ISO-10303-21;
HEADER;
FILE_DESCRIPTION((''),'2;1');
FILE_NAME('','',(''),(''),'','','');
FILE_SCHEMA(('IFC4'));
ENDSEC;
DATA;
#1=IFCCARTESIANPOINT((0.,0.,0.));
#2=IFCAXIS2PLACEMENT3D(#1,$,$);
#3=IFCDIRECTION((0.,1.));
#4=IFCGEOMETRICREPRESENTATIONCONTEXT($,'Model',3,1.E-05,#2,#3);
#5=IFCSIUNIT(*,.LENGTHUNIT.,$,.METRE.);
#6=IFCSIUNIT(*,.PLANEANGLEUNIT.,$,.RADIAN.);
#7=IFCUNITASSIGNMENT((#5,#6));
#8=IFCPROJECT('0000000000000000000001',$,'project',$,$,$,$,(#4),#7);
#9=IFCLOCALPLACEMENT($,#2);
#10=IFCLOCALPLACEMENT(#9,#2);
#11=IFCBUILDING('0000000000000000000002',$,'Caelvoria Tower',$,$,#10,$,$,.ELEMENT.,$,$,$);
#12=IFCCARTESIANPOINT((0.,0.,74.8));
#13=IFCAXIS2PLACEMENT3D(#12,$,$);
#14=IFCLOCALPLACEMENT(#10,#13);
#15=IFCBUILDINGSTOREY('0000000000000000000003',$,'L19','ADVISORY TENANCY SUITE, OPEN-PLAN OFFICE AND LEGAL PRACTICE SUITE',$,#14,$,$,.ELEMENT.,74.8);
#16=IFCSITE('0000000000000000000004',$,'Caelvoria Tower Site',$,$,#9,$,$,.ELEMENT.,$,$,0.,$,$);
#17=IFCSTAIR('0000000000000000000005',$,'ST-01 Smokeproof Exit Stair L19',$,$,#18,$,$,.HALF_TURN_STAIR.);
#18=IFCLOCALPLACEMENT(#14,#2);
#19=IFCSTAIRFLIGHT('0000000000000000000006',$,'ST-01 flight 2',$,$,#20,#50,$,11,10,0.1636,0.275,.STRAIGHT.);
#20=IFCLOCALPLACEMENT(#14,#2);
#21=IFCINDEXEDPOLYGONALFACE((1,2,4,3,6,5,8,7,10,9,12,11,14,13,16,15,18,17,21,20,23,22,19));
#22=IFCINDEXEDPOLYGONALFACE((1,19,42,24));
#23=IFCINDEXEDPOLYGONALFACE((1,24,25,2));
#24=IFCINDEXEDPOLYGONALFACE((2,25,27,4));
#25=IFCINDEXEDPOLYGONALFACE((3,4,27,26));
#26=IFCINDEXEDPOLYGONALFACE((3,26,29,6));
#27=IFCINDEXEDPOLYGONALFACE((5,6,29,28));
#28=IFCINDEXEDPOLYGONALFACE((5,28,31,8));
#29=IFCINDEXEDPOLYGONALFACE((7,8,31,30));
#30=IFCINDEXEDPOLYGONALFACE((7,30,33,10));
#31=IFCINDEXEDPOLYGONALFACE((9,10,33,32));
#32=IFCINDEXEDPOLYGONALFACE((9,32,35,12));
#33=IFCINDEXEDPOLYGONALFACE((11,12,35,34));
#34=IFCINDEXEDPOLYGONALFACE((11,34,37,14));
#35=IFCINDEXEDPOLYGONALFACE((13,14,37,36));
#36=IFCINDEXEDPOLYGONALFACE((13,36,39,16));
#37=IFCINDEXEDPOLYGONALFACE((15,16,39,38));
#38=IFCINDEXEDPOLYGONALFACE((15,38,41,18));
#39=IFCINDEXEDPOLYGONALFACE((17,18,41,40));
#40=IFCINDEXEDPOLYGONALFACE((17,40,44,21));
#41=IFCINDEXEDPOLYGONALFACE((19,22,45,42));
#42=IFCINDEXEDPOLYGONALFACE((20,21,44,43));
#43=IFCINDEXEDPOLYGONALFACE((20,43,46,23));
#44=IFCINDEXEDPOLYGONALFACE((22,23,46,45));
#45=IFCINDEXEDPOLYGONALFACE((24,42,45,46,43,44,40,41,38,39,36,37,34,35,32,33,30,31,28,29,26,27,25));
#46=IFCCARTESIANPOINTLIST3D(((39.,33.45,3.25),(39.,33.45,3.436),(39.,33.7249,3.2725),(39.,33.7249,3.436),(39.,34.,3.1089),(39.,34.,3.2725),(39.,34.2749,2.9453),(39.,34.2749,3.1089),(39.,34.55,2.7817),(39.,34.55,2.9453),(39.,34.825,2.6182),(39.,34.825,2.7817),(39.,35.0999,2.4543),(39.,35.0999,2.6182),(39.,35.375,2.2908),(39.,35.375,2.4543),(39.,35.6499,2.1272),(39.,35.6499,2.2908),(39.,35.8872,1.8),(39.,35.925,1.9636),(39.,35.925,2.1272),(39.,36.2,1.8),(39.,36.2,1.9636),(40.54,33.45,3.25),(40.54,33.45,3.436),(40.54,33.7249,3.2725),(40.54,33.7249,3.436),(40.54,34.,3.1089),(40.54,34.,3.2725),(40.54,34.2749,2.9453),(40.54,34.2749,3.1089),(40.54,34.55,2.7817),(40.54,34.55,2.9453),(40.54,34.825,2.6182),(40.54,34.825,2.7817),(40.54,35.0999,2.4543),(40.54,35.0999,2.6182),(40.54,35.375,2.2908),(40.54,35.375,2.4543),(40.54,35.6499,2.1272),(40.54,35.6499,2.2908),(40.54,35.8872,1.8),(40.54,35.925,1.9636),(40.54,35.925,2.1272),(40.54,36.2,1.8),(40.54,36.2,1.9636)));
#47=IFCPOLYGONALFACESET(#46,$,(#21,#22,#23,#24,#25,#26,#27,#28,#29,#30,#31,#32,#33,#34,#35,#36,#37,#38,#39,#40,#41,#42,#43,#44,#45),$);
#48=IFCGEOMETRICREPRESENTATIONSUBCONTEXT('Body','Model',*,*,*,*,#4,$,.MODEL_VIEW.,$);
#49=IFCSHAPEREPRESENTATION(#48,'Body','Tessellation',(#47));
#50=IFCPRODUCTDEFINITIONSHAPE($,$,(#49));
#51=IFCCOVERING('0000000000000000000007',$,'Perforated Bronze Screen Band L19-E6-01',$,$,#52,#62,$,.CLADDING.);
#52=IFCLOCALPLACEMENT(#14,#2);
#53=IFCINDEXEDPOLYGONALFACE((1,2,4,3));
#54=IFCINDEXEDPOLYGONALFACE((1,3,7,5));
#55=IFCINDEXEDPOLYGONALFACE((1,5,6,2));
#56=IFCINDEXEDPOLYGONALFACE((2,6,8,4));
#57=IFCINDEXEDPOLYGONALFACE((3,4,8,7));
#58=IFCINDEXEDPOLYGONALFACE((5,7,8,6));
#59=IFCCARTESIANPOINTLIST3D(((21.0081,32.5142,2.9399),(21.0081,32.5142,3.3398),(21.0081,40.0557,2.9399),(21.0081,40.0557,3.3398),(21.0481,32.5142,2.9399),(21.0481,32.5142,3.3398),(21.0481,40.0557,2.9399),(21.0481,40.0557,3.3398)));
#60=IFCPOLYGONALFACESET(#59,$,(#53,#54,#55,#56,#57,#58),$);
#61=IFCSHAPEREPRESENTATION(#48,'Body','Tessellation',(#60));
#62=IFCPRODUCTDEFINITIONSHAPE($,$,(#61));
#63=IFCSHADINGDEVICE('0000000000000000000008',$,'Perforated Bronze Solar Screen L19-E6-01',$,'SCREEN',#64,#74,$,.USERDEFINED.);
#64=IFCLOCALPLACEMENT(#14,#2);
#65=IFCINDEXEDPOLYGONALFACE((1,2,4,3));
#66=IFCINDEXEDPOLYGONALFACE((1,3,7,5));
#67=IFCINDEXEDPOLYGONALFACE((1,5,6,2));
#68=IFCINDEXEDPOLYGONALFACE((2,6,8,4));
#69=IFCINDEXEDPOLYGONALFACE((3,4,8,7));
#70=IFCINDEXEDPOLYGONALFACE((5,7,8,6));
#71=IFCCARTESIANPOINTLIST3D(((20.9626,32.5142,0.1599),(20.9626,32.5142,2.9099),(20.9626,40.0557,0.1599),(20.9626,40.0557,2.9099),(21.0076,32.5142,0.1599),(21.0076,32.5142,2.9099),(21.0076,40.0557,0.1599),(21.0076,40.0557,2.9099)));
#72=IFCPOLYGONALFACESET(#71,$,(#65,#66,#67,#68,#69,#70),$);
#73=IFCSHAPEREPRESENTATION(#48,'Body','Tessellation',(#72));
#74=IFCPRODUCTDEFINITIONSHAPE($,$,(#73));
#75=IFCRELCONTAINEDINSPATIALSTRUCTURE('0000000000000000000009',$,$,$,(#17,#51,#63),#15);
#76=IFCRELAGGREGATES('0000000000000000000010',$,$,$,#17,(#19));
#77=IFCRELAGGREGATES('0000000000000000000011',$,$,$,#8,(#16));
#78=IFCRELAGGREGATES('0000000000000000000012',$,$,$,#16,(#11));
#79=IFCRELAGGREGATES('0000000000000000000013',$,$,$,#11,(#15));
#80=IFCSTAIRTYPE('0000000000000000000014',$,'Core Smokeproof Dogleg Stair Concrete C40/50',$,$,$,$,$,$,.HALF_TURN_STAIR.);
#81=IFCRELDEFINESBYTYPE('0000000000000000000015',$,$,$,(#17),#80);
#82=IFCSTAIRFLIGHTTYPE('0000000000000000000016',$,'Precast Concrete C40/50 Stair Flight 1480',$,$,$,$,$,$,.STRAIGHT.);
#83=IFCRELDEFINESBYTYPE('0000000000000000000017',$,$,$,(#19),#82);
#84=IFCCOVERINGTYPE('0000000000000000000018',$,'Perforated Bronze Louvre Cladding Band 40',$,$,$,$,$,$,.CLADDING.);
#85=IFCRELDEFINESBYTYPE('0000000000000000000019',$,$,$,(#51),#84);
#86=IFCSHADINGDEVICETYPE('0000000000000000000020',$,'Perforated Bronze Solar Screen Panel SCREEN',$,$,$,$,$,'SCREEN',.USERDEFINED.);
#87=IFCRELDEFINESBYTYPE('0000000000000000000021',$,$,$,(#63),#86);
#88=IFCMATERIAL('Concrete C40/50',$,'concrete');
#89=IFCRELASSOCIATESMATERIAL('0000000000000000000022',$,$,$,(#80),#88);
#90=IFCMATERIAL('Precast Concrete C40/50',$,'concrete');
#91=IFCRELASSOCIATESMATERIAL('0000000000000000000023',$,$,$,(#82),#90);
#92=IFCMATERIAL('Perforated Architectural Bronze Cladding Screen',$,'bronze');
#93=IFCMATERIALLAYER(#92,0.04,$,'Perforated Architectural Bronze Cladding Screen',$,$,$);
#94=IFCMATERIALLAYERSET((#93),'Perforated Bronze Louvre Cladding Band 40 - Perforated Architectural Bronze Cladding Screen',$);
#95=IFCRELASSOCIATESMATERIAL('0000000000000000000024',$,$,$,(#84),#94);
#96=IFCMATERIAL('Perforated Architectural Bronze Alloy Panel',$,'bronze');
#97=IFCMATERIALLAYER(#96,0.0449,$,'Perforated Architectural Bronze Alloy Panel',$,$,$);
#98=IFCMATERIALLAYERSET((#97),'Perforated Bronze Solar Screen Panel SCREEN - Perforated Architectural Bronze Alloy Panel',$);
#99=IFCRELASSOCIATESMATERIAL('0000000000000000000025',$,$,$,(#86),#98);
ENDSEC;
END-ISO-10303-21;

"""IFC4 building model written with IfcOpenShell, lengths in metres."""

from ifc_helpers import new_model, si_unit, direction, frame, origin, origin_2d, place, context, subcontext, project, spatial, polyline, rectangle, outline, extrude, material, layer, layer_set, type_object, element, aggregate, save


model = new_model("IFC4")

# Units and contexts
model_context = context("Model", 3, precision=1e-05, world=origin(), true_north=direction((0.0, 1.0)))
body_context = subcontext(model_context, "Body", "Model", "MODEL_VIEW")
ifc_project = project(units=[si_unit("LENGTHUNIT", "METRE"), si_unit("PLANEANGLEUNIT", "RADIAN")], contexts=[model_context])

# Site, building, storey
site_placement = place(None, origin())
site = spatial("IfcSite", under=ifc_project, at=site_placement, Name="Caelvoria Tower Site", CompositionType="ELEMENT", RefElevation=0.0)
building_placement = place(site_placement, origin())
building = spatial("IfcBuilding", under=site, at=building_placement, Name="Caelvoria Tower", CompositionType="ELEMENT")
storey_placement = place(building_placement, frame((0.0, 0.0, 74.8)))
storey = spatial("IfcBuildingStorey", under=building, at=storey_placement, Name="L19", Description="ADVISORY TENANCY SUITE, OPEN-PLAN OFFICE AND LEGAL PRACTICE SUITE", CompositionType="ELEMENT", Elevation=74.8)

# Stair, stair flight
ifc_material_1 = material(Name="Concrete C40/50", Category="concrete")
stair_type = type_object("IfcStairType", Name="Core Smokeproof Dogleg Stair Concrete C40/50", PredefinedType="HALF_TURN_STAIR", material=ifc_material_1)
stair_placement = place(storey_placement, origin())
stair = element("IfcStair", 1, at=stair_placement, inside=storey, type_object=stair_type, Name="ST-01 Smokeproof Exit Stair L19", PredefinedType="HALF_TURN_STAIR")
ifc_material_2 = material(Name="Precast Concrete C40/50", Category="concrete")
stair_flight_type = type_object("IfcStairFlightType", Name="Precast Concrete C40/50 Stair Flight 1480", PredefinedType="STRAIGHT", material=ifc_material_2)
stair_flight_1_placement = place(storey_placement, frame((39.77, 36.2, 1.8), z_axis=(0.0, 0.0, 1.0), x_axis=(0.0, -1.0, 0.0)))
stair_flight_1 = element("IfcStairFlight", 2, at=stair_flight_1_placement, type_object=stair_flight_type, Name="ST-01 flight 2", NumberOfRisers=11, NumberOfTreads=10, PredefinedType="STRAIGHT", RiserHeight=0.1636, TreadLength=0.275, context=body_context, shape_type="SweptSolid", body=[
    extrude(outline(polyline([(0.0, 0.0), (0.0, 0.1636), (0.2749, 0.1636), (0.2749, 0.3271), (0.55, 0.3271), (0.55, 0.4907), (0.825, 0.4907), (0.825, 0.6543), (1.1001, 0.6543), (1.1001, 0.8181), (1.375, 0.8181), (1.375, 0.9817), (1.6499, 0.9817), (1.6499, 1.1453), (1.925, 1.1453), (1.925, 1.3088), (2.2, 1.3088), (2.2, 1.4724), (2.4751, 1.4724), (2.4751, 1.636), (2.75, 1.636), (2.75, 1.7996), (2.75, 1.45), (0.3127, 0.0), (0.0, 0.0)])), frame((0.0, 0.77, 0.0), z_axis=(0.0, -1.0, 0.0), x_axis=(1.0, 0.0, 0.0)), (0.0, 0.0, 1.0), 1.54),
])
aggregate(stair, [stair_flight_1])

# Covering
ifc_material_3 = material(Name="Perforated Architectural Bronze Cladding Screen", Category="bronze")
ifc_layer_1 = layer(ifc_material_3, 0.04, Name="Perforated Architectural Bronze Cladding Screen")
ifc_layer_set_1 = layer_set([ifc_layer_1], Name="Perforated Bronze Louvre Cladding Band 40 - Perforated Architectural Bronze Cladding Screen")
covering_type = type_object("IfcCoveringType", Name="Perforated Bronze Louvre Cladding Band 40", PredefinedType="CLADDING", material=ifc_layer_set_1)
covering_placement = place(storey_placement, frame((21.0281, 36.2849, 2.9399), z_axis=(0.0, 0.0, 1.0), x_axis=(0.0, -1.0, 0.0)))
element("IfcCovering", 3, at=covering_placement, inside=storey, type_object=covering_type, Name="Perforated Bronze Screen Band L19-E6-01", PredefinedType="CLADDING", context=body_context, shape_type="SweptSolid", body=[
    extrude(rectangle(XDim=7.5415, YDim=0.04, at=origin_2d()), origin(), (0.0, 0.0, 1.0), 0.3999),
])

# Shading device
ifc_material_4 = material(Name="Perforated Architectural Bronze Alloy Panel", Category="bronze")
ifc_layer_2 = layer(ifc_material_4, 0.0449, Name="Perforated Architectural Bronze Alloy Panel")
ifc_layer_set_2 = layer_set([ifc_layer_2], Name="Perforated Bronze Solar Screen Panel SCREEN - Perforated Architectural Bronze Alloy Panel")
shading_device_type = type_object("IfcShadingDeviceType", Name="Perforated Bronze Solar Screen Panel SCREEN", ElementType="SCREEN", PredefinedType="USERDEFINED", material=ifc_layer_set_2)
shading_device_placement = place(storey_placement, frame((20.9851, 36.2849, 0.1599), z_axis=(0.0, 0.0, 1.0), x_axis=(0.0, -1.0, 0.0)))
element("IfcShadingDevice", 4, at=shading_device_placement, inside=storey, type_object=shading_device_type, Name="Perforated Bronze Solar Screen L19-E6-01", ObjectType="SCREEN", PredefinedType="USERDEFINED", context=body_context, shape_type="SweptSolid", body=[
    extrude(rectangle(XDim=7.5415, YDim=0.0449, at=origin_2d()), origin(), (0.0, 0.0, 1.0), 2.75),
])

save(model, "model.ifc")
